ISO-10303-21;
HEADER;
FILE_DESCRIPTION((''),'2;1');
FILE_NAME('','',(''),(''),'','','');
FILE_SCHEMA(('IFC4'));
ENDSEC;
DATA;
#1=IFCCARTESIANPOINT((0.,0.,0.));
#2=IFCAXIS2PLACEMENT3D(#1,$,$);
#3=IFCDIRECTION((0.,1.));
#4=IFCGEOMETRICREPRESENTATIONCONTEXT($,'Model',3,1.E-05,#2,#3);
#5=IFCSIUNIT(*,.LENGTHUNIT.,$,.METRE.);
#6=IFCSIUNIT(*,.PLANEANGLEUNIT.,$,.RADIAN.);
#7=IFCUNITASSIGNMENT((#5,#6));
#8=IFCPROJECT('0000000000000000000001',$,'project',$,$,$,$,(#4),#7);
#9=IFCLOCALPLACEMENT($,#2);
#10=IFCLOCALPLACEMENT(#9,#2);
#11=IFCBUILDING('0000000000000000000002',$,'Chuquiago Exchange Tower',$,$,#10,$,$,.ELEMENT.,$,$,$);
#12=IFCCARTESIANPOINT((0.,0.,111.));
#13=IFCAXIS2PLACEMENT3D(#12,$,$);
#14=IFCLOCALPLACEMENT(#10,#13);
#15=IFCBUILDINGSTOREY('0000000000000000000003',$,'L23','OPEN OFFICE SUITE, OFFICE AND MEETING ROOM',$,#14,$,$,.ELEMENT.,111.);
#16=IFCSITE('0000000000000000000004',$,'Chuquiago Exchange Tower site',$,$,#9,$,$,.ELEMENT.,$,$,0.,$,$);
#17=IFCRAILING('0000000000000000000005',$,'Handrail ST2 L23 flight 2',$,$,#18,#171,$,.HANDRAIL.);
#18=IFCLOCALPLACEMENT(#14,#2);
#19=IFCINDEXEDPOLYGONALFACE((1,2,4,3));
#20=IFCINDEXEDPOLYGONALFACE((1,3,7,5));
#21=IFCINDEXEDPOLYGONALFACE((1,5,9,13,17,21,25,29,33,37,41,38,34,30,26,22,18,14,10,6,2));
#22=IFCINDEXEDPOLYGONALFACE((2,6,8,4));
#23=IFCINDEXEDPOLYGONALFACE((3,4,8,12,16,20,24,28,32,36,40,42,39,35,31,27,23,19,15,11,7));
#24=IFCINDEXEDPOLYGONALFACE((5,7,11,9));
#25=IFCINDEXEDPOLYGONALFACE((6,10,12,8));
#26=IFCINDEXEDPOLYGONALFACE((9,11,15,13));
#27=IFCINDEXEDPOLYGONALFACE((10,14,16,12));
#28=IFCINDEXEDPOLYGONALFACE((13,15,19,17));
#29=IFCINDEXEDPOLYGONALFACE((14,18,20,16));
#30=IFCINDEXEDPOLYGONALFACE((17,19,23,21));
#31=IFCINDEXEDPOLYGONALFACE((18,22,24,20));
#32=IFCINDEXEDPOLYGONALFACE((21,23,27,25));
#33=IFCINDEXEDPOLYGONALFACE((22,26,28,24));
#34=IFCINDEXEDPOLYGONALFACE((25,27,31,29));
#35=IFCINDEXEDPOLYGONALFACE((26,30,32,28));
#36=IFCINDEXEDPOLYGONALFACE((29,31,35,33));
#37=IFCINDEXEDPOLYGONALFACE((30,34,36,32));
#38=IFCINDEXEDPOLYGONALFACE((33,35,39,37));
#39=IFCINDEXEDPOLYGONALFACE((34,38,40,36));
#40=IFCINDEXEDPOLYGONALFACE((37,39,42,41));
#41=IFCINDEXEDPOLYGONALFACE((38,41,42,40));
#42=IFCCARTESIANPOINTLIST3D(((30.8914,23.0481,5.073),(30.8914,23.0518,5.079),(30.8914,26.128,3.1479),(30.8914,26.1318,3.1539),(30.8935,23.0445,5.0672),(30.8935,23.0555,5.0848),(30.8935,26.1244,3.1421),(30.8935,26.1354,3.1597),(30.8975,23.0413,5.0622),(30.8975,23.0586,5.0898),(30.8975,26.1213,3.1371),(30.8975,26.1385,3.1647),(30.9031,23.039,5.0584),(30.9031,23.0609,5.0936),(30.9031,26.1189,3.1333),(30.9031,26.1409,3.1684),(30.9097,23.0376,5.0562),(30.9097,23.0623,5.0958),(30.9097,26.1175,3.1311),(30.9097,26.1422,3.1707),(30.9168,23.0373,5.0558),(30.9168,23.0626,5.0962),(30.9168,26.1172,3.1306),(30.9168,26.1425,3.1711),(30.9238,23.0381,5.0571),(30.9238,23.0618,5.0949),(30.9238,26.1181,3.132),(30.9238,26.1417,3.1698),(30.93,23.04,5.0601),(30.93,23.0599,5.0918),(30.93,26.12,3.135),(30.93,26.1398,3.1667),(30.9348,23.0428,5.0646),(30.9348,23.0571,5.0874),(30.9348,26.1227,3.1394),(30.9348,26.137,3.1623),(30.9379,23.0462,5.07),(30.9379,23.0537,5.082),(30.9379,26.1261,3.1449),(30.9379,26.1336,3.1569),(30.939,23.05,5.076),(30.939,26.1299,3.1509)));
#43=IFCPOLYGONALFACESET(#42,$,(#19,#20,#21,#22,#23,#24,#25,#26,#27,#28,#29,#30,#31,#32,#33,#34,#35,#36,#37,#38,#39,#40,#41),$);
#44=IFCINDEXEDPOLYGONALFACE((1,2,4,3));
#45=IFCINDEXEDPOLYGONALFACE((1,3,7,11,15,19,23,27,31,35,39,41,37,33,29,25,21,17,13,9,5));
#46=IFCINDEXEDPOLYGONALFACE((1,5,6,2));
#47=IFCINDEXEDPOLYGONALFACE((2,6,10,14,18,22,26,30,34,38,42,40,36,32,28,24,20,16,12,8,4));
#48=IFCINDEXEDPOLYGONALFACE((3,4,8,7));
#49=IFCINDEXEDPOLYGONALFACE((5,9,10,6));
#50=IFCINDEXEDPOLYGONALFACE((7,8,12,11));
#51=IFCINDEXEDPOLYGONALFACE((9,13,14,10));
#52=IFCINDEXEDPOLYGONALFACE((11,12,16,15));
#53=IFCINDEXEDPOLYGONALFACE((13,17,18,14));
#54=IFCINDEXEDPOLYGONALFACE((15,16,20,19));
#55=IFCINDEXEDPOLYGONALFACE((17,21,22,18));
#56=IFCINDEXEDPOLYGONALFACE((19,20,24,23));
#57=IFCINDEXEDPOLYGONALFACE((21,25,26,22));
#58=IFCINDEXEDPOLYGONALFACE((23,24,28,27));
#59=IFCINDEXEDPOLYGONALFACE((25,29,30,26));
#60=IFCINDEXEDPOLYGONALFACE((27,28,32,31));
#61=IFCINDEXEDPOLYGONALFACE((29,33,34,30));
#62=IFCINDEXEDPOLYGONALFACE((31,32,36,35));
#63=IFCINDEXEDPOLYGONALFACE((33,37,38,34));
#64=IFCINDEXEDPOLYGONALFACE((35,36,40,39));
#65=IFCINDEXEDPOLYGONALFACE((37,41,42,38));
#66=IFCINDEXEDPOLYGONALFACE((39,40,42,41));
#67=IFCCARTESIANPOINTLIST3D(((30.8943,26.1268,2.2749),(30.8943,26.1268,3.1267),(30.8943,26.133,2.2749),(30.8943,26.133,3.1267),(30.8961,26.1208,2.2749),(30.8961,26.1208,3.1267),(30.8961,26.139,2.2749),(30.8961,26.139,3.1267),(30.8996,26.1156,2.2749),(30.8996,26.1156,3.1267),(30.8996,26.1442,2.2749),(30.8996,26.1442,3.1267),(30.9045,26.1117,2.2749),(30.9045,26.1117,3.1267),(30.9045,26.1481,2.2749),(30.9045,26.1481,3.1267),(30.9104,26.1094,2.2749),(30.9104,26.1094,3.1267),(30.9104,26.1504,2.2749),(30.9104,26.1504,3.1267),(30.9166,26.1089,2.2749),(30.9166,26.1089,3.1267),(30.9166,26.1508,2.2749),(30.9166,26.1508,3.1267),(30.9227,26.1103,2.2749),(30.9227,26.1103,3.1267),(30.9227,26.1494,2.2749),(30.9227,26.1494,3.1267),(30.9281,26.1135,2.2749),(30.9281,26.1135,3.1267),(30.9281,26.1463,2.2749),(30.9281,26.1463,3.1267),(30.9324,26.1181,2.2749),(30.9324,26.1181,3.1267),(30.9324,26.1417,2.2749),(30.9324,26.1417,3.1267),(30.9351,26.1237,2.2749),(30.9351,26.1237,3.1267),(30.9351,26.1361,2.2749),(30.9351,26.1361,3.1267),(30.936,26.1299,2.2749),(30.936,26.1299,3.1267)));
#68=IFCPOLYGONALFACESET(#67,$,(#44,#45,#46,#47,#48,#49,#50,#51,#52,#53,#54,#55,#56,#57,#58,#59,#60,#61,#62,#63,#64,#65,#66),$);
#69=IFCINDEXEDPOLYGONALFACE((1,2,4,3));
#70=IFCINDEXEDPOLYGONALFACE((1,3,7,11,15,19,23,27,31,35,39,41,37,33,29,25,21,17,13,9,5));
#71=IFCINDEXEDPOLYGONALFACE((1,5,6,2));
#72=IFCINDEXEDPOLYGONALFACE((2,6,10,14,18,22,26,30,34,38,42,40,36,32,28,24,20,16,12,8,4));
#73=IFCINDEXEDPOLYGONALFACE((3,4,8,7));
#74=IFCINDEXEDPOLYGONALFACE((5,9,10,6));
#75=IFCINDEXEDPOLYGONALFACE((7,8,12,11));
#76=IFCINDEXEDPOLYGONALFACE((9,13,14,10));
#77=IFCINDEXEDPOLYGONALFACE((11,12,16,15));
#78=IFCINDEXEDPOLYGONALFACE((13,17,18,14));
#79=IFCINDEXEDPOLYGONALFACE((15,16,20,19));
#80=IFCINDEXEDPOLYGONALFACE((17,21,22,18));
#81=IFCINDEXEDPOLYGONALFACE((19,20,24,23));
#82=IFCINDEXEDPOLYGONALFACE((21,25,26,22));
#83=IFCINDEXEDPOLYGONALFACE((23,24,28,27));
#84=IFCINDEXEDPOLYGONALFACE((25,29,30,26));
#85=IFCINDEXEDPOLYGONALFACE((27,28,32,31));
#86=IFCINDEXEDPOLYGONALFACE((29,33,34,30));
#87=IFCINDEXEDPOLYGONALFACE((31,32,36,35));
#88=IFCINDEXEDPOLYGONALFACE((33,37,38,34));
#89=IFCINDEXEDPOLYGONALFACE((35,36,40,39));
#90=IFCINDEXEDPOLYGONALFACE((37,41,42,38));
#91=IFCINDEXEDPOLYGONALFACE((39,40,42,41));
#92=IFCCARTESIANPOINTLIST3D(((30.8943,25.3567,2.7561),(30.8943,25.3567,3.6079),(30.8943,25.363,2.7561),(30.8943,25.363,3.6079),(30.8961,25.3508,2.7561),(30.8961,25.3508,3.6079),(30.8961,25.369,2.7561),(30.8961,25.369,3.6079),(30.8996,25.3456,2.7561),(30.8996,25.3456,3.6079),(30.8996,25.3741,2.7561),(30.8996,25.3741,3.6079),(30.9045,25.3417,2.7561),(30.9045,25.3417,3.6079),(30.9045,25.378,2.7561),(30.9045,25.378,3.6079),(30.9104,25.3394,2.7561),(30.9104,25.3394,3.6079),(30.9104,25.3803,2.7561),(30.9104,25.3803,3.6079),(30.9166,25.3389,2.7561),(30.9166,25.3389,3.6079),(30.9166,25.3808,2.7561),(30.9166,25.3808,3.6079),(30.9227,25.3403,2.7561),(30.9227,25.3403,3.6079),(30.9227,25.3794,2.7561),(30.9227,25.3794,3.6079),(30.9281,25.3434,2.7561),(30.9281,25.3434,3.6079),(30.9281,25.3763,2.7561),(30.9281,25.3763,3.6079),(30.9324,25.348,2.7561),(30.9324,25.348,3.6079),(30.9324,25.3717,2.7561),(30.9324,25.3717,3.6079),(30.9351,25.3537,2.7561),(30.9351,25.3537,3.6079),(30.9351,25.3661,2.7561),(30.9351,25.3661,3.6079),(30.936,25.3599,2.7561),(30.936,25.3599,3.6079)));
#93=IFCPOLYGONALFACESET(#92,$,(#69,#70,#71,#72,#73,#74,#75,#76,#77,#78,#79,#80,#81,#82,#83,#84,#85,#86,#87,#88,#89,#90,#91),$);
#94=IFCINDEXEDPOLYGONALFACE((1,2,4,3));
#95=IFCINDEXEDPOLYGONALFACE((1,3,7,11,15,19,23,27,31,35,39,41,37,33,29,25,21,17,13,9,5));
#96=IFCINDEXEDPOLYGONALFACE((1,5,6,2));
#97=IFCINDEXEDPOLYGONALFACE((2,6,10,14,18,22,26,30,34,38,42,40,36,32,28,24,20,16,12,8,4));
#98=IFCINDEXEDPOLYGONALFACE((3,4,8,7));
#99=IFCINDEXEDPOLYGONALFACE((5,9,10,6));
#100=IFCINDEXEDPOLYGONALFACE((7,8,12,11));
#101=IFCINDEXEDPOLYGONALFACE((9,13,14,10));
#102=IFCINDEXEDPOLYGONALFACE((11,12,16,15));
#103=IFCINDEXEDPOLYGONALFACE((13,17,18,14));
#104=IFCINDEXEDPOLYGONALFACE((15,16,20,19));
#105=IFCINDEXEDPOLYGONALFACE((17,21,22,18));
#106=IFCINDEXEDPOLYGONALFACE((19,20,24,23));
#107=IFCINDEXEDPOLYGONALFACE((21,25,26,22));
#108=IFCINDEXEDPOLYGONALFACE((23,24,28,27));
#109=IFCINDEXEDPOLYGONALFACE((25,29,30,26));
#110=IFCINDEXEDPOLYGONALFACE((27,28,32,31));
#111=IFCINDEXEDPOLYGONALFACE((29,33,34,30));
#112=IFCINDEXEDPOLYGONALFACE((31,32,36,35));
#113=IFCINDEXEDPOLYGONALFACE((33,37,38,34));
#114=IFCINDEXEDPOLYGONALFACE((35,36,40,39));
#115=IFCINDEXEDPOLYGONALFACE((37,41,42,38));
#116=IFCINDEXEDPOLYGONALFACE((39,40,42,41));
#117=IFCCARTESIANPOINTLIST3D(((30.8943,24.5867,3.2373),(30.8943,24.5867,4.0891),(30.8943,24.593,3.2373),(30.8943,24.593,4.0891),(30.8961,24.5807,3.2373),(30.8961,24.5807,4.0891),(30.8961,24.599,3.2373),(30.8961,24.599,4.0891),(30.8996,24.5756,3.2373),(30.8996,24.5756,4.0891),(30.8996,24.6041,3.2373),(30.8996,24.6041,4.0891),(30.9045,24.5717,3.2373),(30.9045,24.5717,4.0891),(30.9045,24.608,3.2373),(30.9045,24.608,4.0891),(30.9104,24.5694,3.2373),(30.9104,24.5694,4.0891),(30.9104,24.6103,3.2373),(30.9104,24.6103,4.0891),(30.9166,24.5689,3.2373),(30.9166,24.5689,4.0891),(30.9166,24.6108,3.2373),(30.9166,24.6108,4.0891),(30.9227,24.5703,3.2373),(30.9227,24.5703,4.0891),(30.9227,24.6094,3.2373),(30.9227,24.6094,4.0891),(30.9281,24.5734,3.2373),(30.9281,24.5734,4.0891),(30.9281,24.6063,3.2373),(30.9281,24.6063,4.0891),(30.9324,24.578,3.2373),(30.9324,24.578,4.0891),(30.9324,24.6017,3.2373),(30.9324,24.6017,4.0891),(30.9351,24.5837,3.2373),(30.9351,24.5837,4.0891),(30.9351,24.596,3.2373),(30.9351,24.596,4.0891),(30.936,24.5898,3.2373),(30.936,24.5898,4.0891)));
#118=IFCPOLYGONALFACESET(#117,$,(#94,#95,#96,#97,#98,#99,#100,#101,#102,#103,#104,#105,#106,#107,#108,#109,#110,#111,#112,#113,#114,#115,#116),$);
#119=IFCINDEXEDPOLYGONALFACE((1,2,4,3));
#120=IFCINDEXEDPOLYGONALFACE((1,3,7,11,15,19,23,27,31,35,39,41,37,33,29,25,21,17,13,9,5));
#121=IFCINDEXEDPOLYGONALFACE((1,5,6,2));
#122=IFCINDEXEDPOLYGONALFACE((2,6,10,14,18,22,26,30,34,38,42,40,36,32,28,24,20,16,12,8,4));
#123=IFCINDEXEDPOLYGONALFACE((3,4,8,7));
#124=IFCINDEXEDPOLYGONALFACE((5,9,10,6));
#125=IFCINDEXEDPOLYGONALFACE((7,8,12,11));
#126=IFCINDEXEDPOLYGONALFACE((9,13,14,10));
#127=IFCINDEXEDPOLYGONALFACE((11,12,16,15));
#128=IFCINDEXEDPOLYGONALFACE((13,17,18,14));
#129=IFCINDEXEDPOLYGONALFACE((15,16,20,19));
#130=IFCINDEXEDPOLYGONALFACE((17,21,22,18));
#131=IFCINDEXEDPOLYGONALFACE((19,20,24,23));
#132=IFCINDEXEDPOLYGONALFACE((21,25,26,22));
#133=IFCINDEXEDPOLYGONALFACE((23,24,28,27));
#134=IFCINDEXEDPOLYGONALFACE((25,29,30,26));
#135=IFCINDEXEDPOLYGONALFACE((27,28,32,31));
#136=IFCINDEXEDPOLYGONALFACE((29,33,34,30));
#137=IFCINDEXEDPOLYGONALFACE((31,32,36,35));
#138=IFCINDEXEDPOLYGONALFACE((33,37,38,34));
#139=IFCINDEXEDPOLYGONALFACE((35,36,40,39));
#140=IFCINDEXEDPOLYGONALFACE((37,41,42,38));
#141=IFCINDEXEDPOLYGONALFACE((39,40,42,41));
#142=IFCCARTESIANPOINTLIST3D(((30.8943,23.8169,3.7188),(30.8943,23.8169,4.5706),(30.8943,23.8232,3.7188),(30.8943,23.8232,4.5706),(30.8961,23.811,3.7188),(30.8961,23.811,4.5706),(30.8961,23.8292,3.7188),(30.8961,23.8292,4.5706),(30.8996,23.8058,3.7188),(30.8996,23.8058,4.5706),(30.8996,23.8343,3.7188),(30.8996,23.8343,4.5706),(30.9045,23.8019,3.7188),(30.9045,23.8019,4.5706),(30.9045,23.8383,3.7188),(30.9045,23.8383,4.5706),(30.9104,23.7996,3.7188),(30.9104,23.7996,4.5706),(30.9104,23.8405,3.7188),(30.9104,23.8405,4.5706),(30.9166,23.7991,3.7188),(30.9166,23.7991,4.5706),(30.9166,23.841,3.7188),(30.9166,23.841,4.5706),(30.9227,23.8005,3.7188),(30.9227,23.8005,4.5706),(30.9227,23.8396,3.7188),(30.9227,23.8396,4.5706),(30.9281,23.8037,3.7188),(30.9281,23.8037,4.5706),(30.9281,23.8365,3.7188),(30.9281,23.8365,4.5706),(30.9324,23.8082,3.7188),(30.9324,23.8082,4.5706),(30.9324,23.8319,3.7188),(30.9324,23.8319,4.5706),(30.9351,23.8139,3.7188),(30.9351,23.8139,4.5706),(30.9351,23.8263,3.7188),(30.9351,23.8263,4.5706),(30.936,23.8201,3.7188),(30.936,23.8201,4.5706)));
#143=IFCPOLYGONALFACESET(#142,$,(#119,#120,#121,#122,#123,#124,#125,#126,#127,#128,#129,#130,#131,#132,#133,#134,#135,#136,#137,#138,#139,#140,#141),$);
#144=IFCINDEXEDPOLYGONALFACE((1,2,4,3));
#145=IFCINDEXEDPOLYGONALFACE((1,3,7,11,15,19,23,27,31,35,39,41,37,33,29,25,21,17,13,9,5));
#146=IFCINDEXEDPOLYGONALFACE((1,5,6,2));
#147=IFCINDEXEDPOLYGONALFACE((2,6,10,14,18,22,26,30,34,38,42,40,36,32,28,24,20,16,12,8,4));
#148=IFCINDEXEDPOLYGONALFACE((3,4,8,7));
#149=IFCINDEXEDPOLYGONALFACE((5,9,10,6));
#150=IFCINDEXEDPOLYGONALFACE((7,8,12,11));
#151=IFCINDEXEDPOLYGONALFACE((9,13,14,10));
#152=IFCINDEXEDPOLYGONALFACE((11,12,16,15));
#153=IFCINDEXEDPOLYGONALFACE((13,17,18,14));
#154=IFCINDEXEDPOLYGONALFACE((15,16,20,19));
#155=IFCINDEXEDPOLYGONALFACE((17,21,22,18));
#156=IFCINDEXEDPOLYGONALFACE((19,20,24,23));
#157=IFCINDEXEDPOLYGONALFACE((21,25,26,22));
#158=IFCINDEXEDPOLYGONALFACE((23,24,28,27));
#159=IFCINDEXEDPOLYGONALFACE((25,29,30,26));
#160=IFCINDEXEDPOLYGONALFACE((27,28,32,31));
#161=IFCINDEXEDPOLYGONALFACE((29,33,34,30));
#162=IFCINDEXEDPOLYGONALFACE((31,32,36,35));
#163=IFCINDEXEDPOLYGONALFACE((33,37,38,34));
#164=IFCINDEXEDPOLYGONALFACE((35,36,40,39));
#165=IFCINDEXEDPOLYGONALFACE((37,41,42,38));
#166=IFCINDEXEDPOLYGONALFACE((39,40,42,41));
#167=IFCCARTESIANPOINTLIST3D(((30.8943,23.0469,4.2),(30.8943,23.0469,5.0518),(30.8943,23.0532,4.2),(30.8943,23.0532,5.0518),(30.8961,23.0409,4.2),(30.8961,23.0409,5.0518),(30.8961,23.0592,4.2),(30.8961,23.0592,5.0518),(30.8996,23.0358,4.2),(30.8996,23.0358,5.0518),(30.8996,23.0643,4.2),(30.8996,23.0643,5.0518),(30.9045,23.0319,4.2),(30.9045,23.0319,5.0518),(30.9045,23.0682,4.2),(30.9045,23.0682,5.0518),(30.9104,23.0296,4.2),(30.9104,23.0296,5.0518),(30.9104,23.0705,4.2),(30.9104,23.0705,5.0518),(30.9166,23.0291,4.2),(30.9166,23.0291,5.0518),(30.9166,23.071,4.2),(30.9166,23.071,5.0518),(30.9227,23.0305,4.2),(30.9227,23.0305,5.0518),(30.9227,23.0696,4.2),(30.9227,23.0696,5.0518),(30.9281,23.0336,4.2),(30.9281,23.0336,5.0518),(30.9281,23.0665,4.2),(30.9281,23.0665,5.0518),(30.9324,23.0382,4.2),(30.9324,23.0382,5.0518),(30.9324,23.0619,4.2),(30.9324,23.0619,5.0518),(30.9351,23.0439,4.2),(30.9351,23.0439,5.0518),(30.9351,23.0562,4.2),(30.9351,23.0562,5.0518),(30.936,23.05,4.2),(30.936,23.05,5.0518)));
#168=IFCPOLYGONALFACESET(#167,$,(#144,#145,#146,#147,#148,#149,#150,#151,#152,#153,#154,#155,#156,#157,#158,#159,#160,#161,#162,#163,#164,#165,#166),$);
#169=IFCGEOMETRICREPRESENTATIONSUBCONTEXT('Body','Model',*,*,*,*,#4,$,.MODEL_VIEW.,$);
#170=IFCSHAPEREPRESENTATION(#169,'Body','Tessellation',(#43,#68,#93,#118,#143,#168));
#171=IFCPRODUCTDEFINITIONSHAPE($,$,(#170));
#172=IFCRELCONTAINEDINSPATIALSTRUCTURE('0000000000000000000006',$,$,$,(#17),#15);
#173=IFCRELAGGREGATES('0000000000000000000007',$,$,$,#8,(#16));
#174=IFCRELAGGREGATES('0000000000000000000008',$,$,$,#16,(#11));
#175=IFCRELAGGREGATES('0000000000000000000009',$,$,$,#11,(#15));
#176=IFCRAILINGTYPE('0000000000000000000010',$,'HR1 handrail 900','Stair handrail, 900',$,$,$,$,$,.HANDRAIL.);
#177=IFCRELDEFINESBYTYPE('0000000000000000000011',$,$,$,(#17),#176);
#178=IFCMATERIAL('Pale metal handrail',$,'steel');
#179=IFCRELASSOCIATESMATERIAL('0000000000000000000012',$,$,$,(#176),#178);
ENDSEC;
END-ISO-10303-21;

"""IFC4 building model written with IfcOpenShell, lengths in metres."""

from ifc_helpers import new_model, si_unit, direction, frame, origin, origin_2d, place, context, subcontext, project, spatial, circle, extrude, material, type_object, element, save


model = new_model("IFC4")

# Units and contexts
model_context = context("Model", 3, precision=1e-05, world=origin(), true_north=direction((0.0, 1.0)))
body_context = subcontext(model_context, "Body", "Model", "MODEL_VIEW")
ifc_project = project(units=[si_unit("LENGTHUNIT", "METRE"), si_unit("PLANEANGLEUNIT", "RADIAN")], contexts=[model_context])

# Site, building, storey
site_placement = place(None, origin())
site = spatial("IfcSite", under=ifc_project, at=site_placement, Name="Chuquiago Exchange Tower site", CompositionType="ELEMENT", RefElevation=0.0)
building_placement = place(site_placement, origin())
building = spatial("IfcBuilding", under=site, at=building_placement, Name="Chuquiago Exchange Tower", CompositionType="ELEMENT")
storey_placement = place(building_placement, frame((0.0, 0.0, 111.0)))
storey = spatial("IfcBuildingStorey", under=building, at=storey_placement, Name="L23", Description="OPEN OFFICE SUITE, OFFICE AND MEETING ROOM", CompositionType="ELEMENT", Elevation=111.0)

# Railing
ifc_material_1 = material(Name="Pale metal handrail", Category="steel")
railing_type_1 = type_object("IfcRailingType", Name="HR1 handrail 900", Description="Stair handrail, 900", PredefinedType="HANDRAIL", material=ifc_material_1)
for number, where, name in (
    (1, (30.915, 26.1299, 2.2749), "Handrail ST2 L23 flight 2"),
):
    element("IfcRailing", number, at=place(storey_placement, frame(where)), inside=storey, type_object=railing_type_1, Name=name, PredefinedType="HANDRAIL", context=body_context, shape_type="SweptSolid", body=[
        extrude(circle(Radius=0.0239, at=origin_2d()), frame((0.0, 0.0, 0.876), z_axis=(0.0, -0.847979, 0.530029), x_axis=(1.0, 0.0, 0.0)), (0.0, 0.0, 1.0), 3.6321),
        extrude(circle(Radius=0.021, at=origin_2d()), origin(), (0.0, 0.0, 1.0), 0.8518),
        extrude(circle(Radius=0.021, at=origin_2d()), frame((0.0, -0.77, 0.4812)), (0.0, 0.0, 1.0), 0.8518),
        extrude(circle(Radius=0.021, at=origin_2d()), frame((0.0, -1.54, 0.9624)), (0.0, 0.0, 1.0), 0.8518),
        extrude(circle(Radius=0.021, at=origin_2d()), frame((0.0, -2.3098, 1.4438)), (0.0, 0.0, 1.0), 0.8518),
        extrude(circle(Radius=0.021, at=origin_2d()), frame((0.0, -3.0798, 1.925)), (0.0, 0.0, 1.0), 0.8518),
    ])

save(model, "model.ifc")
